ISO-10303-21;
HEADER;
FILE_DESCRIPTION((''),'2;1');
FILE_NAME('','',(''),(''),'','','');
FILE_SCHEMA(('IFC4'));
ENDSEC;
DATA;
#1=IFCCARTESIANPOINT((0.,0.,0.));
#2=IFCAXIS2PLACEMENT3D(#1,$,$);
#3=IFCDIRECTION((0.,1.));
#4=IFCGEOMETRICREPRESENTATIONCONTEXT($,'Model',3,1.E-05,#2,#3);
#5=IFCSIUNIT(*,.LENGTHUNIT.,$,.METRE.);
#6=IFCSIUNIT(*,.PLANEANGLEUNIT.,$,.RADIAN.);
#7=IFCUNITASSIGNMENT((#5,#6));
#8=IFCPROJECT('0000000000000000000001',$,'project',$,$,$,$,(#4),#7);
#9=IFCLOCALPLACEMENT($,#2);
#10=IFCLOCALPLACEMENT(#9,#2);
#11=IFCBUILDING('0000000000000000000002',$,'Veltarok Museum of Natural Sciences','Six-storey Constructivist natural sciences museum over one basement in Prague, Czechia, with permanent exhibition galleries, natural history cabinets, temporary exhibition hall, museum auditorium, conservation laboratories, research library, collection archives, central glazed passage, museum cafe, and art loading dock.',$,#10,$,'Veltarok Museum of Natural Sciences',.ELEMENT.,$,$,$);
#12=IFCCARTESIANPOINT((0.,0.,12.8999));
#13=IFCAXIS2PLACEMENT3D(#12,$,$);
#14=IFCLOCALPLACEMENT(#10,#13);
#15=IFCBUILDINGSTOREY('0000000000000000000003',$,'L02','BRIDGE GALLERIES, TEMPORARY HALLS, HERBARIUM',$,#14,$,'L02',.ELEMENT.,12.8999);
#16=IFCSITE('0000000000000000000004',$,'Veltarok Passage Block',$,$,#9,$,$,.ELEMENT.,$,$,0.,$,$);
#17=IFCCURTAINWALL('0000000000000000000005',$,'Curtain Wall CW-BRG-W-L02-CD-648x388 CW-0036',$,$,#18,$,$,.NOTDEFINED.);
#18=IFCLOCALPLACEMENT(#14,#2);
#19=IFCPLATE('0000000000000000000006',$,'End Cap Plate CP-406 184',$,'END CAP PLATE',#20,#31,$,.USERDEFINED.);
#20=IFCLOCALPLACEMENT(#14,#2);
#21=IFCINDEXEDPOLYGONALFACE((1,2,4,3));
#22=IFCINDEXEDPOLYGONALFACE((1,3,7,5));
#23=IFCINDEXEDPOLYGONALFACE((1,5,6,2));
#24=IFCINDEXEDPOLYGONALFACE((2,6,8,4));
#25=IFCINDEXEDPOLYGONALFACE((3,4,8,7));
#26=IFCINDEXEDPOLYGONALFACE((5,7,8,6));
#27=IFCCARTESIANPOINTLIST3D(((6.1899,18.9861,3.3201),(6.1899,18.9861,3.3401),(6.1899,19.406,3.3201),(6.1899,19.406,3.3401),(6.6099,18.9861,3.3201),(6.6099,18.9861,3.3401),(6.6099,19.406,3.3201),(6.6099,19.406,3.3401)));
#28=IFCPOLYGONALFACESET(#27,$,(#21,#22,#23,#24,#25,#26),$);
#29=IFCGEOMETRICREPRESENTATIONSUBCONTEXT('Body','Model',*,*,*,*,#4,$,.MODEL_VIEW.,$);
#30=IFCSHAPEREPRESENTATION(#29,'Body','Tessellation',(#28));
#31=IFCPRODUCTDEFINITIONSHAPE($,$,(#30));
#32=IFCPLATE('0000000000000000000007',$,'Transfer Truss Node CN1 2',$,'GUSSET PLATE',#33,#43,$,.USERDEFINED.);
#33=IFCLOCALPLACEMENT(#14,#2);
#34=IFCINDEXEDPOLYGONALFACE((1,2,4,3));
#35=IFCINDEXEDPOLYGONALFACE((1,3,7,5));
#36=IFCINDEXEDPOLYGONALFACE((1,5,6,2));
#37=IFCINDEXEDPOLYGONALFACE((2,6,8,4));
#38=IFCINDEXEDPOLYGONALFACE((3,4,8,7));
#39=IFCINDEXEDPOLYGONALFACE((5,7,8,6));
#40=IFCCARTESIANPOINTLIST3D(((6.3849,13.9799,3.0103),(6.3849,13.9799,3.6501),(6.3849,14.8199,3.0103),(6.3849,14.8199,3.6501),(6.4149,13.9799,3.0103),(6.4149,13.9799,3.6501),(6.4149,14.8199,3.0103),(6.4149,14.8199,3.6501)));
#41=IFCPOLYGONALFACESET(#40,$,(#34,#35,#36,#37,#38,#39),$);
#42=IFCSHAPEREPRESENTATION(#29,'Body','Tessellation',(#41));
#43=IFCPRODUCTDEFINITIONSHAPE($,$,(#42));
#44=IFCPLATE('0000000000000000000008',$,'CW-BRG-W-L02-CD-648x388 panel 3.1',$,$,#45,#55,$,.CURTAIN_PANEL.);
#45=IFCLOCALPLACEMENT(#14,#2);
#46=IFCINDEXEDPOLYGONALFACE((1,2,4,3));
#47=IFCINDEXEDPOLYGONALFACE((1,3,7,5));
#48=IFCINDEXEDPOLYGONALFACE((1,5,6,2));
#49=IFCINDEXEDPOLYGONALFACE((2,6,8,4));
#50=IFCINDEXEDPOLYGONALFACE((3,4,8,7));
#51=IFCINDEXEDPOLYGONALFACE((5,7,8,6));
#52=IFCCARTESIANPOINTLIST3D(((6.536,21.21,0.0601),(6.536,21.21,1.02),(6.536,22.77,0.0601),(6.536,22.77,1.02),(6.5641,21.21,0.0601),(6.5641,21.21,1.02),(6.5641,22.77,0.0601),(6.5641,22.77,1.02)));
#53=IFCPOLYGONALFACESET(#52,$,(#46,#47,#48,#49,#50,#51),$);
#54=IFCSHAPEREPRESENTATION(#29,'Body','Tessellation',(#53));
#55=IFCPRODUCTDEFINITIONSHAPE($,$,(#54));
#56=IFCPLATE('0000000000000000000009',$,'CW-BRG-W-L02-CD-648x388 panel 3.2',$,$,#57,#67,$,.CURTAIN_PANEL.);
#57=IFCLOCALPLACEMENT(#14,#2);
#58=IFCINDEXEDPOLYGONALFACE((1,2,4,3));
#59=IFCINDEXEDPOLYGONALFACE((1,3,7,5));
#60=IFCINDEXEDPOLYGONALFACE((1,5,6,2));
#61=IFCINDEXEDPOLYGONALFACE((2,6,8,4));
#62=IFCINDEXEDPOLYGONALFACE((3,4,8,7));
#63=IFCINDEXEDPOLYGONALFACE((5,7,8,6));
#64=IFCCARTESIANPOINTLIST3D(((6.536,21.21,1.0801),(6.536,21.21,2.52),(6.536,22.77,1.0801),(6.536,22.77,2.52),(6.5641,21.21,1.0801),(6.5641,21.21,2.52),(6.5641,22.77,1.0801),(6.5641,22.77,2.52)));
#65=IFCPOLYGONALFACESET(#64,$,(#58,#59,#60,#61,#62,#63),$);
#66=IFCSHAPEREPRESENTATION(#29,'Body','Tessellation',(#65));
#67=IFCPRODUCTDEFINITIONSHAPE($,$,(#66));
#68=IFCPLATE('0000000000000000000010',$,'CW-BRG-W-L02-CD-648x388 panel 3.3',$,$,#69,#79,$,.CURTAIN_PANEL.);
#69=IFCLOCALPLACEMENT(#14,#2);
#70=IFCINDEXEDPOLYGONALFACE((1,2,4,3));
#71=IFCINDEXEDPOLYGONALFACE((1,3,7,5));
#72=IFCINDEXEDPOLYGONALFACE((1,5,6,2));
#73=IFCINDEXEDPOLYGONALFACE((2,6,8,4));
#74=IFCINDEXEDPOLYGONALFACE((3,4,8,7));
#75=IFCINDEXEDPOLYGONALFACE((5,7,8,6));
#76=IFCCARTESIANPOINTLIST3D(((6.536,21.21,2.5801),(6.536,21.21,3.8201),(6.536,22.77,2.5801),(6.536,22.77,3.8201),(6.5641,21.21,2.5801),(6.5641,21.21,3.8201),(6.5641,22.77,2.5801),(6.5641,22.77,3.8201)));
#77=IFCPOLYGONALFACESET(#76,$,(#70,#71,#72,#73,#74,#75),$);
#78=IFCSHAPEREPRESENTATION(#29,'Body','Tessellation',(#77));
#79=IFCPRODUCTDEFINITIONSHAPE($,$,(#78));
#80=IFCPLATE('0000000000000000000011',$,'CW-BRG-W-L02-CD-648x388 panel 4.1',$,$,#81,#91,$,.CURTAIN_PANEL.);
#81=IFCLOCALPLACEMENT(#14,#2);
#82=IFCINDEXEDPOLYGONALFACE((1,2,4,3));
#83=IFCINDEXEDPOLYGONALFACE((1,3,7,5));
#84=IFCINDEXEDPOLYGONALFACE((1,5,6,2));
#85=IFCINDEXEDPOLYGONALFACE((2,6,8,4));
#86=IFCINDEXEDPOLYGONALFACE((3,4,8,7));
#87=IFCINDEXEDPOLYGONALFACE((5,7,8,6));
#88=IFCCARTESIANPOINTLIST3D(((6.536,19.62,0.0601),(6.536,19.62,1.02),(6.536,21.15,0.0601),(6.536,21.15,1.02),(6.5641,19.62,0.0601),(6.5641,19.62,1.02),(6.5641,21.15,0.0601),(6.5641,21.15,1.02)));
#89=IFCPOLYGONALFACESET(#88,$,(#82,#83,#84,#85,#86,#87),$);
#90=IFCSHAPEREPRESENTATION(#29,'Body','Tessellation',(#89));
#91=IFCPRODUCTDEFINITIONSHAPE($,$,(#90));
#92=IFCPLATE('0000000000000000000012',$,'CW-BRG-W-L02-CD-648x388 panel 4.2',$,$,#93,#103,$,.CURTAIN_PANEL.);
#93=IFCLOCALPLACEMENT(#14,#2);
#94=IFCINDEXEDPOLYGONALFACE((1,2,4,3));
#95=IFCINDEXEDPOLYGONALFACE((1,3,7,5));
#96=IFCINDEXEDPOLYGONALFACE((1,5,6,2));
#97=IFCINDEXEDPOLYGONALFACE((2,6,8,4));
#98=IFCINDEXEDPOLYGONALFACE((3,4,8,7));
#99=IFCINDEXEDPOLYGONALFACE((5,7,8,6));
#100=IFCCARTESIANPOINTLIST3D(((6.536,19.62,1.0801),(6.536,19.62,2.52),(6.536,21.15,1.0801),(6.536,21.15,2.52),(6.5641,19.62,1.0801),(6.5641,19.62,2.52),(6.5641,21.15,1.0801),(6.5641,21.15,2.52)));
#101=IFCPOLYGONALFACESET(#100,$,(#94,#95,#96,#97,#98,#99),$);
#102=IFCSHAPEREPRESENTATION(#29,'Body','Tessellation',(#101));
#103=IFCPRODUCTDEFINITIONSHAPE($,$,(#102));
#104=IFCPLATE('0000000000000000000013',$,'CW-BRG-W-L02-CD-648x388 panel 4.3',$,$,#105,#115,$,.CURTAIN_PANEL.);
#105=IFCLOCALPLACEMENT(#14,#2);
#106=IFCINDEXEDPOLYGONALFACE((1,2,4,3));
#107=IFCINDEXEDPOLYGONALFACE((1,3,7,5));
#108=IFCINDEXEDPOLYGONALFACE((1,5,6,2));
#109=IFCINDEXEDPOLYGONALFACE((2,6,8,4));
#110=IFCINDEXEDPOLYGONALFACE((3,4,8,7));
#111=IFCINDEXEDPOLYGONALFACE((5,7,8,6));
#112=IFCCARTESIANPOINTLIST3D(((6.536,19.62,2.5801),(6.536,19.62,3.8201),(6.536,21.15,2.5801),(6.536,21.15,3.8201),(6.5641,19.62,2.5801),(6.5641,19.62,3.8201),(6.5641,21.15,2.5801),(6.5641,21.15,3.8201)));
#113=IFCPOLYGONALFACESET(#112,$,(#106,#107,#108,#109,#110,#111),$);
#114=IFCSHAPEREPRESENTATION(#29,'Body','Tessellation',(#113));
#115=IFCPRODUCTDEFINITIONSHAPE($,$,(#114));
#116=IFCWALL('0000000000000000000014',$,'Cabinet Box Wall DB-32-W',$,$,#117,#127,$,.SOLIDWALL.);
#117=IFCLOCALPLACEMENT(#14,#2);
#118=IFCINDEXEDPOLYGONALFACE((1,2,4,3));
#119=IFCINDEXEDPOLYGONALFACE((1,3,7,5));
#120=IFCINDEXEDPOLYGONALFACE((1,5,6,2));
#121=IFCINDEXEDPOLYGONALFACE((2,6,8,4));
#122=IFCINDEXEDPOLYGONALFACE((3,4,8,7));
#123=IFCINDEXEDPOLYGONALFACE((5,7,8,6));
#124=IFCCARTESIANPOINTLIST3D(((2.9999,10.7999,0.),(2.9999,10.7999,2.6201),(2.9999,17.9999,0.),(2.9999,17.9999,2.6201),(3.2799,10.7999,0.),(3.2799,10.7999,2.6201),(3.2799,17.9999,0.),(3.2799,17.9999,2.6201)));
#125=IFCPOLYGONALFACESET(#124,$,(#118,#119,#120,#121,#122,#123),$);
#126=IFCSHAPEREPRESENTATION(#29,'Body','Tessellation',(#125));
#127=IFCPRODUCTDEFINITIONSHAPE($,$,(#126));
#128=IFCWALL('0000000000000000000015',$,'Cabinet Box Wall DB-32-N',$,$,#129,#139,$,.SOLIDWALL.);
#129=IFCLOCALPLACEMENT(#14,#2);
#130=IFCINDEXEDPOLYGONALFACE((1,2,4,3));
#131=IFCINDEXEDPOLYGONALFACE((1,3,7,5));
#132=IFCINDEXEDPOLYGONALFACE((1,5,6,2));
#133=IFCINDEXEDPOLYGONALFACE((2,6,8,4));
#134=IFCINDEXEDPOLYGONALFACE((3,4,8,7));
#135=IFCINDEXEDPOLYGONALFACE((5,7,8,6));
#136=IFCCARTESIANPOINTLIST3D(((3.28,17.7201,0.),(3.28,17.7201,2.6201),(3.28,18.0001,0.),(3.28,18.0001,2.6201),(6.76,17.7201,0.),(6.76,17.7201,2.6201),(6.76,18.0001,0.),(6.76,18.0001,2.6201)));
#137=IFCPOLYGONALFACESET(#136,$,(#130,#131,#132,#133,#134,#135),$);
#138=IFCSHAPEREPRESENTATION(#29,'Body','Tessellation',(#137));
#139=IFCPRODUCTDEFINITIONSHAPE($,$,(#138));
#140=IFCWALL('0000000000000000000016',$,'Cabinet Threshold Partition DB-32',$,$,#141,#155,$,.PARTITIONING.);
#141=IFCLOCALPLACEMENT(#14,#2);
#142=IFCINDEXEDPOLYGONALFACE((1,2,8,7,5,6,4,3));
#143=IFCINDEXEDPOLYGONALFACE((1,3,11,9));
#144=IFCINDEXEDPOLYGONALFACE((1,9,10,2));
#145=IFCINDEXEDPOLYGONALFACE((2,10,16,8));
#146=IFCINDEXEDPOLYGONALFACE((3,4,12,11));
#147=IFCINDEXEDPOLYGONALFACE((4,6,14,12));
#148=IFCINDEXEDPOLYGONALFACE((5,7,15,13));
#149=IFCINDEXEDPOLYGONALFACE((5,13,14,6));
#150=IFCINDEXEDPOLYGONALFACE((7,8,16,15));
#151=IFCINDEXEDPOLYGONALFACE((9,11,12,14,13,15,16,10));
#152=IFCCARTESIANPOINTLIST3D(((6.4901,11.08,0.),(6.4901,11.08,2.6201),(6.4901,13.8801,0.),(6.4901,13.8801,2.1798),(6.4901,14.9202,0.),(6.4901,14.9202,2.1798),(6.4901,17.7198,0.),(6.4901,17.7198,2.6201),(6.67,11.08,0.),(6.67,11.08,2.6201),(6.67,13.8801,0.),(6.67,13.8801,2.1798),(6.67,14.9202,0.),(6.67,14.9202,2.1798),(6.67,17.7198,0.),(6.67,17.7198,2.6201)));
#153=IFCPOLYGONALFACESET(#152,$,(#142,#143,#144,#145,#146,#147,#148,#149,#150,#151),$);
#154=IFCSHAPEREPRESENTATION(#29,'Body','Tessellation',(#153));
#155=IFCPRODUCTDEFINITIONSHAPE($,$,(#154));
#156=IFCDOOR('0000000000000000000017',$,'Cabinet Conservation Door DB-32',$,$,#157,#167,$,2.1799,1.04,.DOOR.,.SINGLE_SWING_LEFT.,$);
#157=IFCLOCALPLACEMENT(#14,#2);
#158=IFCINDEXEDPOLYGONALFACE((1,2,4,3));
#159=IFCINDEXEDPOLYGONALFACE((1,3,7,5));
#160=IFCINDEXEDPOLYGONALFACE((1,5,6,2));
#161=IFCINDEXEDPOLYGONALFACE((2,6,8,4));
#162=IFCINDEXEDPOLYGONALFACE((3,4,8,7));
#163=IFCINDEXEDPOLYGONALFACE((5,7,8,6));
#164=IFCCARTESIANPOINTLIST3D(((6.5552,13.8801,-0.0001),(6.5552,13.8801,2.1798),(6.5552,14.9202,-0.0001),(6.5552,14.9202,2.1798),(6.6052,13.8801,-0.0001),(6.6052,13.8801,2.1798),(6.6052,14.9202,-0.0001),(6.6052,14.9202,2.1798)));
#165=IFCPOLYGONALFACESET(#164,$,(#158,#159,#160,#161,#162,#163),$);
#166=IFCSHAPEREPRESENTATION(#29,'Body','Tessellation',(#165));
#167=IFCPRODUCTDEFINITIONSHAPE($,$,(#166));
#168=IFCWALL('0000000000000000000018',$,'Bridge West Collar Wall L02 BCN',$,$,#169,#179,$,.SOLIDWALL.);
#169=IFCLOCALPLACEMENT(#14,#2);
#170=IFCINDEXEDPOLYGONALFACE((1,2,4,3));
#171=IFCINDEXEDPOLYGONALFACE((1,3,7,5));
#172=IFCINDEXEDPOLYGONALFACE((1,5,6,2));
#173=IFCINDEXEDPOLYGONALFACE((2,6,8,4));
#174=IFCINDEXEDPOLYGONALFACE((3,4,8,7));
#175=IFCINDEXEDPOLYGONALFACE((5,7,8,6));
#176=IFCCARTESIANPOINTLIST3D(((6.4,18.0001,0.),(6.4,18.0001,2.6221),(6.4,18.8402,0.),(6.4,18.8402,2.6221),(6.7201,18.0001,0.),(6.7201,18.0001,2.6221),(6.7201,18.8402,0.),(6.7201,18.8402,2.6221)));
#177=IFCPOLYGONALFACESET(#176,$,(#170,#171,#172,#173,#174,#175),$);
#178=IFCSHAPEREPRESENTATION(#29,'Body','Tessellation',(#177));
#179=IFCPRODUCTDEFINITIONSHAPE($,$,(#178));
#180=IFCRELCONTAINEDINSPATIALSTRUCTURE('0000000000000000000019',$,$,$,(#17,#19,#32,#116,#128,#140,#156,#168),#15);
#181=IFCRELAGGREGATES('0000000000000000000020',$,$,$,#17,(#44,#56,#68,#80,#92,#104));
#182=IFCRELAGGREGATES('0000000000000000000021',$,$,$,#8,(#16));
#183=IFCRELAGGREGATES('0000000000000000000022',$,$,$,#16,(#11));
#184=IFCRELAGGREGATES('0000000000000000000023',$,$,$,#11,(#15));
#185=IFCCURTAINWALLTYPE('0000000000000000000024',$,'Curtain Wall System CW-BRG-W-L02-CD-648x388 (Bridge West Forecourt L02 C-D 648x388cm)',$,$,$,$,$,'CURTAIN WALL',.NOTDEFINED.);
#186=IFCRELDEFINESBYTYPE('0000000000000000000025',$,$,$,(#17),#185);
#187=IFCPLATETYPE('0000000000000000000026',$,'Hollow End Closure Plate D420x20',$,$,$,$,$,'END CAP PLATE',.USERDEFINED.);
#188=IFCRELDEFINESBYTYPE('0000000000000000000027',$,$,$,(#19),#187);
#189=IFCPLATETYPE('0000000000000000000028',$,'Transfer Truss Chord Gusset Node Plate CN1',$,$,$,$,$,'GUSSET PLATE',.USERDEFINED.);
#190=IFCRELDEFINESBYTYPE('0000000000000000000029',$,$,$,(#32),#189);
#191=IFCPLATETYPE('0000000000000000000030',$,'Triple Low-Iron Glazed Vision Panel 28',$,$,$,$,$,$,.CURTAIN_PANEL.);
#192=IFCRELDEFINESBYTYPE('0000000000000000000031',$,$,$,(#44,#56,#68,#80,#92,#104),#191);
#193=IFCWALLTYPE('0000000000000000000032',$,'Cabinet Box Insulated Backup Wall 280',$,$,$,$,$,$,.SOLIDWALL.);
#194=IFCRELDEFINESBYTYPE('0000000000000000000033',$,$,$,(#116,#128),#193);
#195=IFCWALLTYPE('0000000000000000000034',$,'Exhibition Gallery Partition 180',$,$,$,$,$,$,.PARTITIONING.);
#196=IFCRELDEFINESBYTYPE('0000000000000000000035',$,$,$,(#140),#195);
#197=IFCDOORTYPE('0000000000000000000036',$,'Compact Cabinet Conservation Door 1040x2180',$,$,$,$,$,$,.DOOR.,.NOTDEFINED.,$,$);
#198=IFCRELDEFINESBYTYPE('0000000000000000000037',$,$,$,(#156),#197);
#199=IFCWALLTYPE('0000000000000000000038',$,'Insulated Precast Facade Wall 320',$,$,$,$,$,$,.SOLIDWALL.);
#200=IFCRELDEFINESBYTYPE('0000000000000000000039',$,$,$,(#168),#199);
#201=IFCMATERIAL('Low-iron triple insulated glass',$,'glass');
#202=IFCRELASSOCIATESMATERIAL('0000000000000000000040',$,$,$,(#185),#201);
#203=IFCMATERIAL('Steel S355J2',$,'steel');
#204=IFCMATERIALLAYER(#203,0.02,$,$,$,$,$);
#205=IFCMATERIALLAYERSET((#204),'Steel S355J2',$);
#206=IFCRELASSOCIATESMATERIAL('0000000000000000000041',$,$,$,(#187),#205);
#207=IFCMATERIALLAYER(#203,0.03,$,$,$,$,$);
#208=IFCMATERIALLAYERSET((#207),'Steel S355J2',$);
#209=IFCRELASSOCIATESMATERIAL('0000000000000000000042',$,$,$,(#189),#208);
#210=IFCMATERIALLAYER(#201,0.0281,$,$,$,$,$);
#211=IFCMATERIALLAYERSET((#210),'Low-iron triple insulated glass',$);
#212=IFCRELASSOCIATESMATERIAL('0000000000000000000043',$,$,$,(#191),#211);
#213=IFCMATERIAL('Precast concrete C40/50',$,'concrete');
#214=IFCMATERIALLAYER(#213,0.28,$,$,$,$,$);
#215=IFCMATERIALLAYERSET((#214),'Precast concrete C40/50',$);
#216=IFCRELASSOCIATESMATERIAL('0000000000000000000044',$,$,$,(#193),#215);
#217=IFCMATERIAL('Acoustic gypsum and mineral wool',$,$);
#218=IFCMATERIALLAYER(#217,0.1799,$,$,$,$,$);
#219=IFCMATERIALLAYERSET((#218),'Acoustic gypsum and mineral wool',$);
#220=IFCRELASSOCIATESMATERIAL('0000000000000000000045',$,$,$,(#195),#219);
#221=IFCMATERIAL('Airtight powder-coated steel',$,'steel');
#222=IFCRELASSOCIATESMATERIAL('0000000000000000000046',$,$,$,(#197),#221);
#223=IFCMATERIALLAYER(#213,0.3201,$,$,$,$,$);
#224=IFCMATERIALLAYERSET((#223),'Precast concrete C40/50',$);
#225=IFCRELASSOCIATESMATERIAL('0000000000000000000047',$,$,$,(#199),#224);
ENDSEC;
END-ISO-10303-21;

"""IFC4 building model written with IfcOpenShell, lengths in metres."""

from ifc_helpers import new_model, si_unit, direction, frame, frame_2d, origin, origin_2d, place, context, subcontext, project, spatial, rectangle, extrude, material, layer, layer_set, type_object, element, fill, aggregate, save


model = new_model("IFC4")

# Units and contexts
model_context = context("Model", 3, precision=1e-05, world=origin(), true_north=direction((0.0, 1.0)))
body_context = subcontext(model_context, "Body", "Model", "MODEL_VIEW")
ifc_project = project(units=[si_unit("LENGTHUNIT", "METRE"), si_unit("PLANEANGLEUNIT", "RADIAN")], contexts=[model_context])

# Site, building, storey
site_placement = place(None, origin())
site = spatial("IfcSite", under=ifc_project, at=site_placement, Name="Veltarok Passage Block", CompositionType="ELEMENT", RefElevation=0.0)
building_placement = place(site_placement, origin())
building = spatial("IfcBuilding", under=site, at=building_placement, Name="Veltarok Museum of Natural Sciences", Description="Six-storey Constructivist natural sciences museum over one basement in Prague, Czechia, with permanent exhibition galleries, natural history cabinets, temporary exhibition hall, museum auditorium, conservation laboratories, research library, collection archives, central glazed passage, museum cafe, and art loading dock.", LongName="Veltarok Museum of Natural Sciences", CompositionType="ELEMENT")
storey_placement = place(building_placement, frame((0.0, 0.0, 12.8999)))
storey = spatial("IfcBuildingStorey", under=building, at=storey_placement, Name="L02", Description="BRIDGE GALLERIES, TEMPORARY HALLS, HERBARIUM", LongName="L02", CompositionType="ELEMENT", Elevation=12.8999)

# Shared definitions
ifc_material_1 = material(Name="Steel S355J2", Category="steel")

# Curtain wall
ifc_material_2 = material(Name="Low-iron triple insulated glass", Category="glass")
curtain_wall_type = type_object("IfcCurtainWallType", Name="Curtain Wall System CW-BRG-W-L02-CD-648x388 (Bridge West Forecourt L02 C-D 648x388cm)", ElementType="CURTAIN WALL", PredefinedType="NOTDEFINED", material=ifc_material_2)
curtain_wall_placement = place(storey_placement, origin())
curtain_wall = element("IfcCurtainWall", 1, at=curtain_wall_placement, inside=storey, type_object=curtain_wall_type, Name="Curtain Wall CW-BRG-W-L02-CD-648x388 CW-0036", PredefinedType="NOTDEFINED")

# Plates
ifc_layer_1 = layer(ifc_material_1, 0.02)
ifc_layer_set_1 = layer_set([ifc_layer_1], Name="Steel S355J2")
plate_type_1 = type_object("IfcPlateType", Name="Hollow End Closure Plate D420x20", ElementType="END CAP PLATE", PredefinedType="USERDEFINED", material=ifc_layer_set_1)
for number, where, z_axis, x_axis, name in (
    (2, (6.3999, 19.196, 3.3201), (0.0, 0.0, 1.0), (0.0, 1.0, 0.0), "End Cap Plate CP-406 184"),
):
    element("IfcPlate", number, at=place(storey_placement, frame(where, z_axis=z_axis, x_axis=x_axis)), inside=storey, type_object=plate_type_1, Name=name, ObjectType="END CAP PLATE", PredefinedType="USERDEFINED", context=body_context, shape_type="SweptSolid", body=[
        extrude(rectangle(XDim=0.4199, YDim=0.4199, at=origin_2d()), origin(), (0.0, 0.0, 1.0), 0.02),
    ])
ifc_layer_2 = layer(ifc_material_1, 0.03)
ifc_layer_set_2 = layer_set([ifc_layer_2], Name="Steel S355J2")
plate_type_2 = type_object("IfcPlateType", Name="Transfer Truss Chord Gusset Node Plate CN1", ElementType="GUSSET PLATE", PredefinedType="USERDEFINED", material=ifc_layer_set_2)
plate_1_placement = place(storey_placement, frame((6.3999, 14.3999, 3.0103), z_axis=(0.0, 0.0, 1.0), x_axis=(1.0, 0.0, 0.0)))
element("IfcPlate", 3, at=plate_1_placement, inside=storey, type_object=plate_type_2, Name="Transfer Truss Node CN1 2", ObjectType="GUSSET PLATE", PredefinedType="USERDEFINED", context=body_context, shape_type="SweptSolid", body=[
    extrude(rectangle(XDim=0.03, YDim=0.8401, at=origin_2d()), origin(), (0.0, 0.0, 1.0), 0.6399),
])

# Plates
ifc_layer_3 = layer(ifc_material_2, 0.0281)
ifc_layer_set_3 = layer_set([ifc_layer_3], Name="Low-iron triple insulated glass")
plate_type_3 = type_object("IfcPlateType", Name="Triple Low-Iron Glazed Vision Panel 28", PredefinedType="CURTAIN_PANEL", material=ifc_layer_set_3)
plate_2_placement = place(storey_placement, frame((6.55, 21.99, 0.0601), z_axis=(0.0, 0.0, 1.0), x_axis=(0.0, -1.0, 0.0)))
plate_2 = element("IfcPlate", 4, at=plate_2_placement, type_object=plate_type_3, Name="CW-BRG-W-L02-CD-648x388 panel 3.1", PredefinedType="CURTAIN_PANEL", context=body_context, shape_type="SweptSolid", body=[
    extrude(rectangle(XDim=1.5601, YDim=0.0281, at=origin_2d()), origin(), (0.0, 0.0, 1.0), 0.96),
])
plate_3_placement = place(storey_placement, frame((6.55, 21.99, 1.0801), z_axis=(0.0, 0.0, 1.0), x_axis=(0.0, -1.0, 0.0)))
plate_3 = element("IfcPlate", 5, at=plate_3_placement, type_object=plate_type_3, Name="CW-BRG-W-L02-CD-648x388 panel 3.2", PredefinedType="CURTAIN_PANEL", context=body_context, shape_type="SweptSolid", body=[
    extrude(rectangle(XDim=1.5601, YDim=0.0281, at=origin_2d()), origin(), (0.0, 0.0, 1.0), 1.4399),
])
plate_4_placement = place(storey_placement, frame((6.55, 21.99, 2.5801), z_axis=(0.0, 0.0, 1.0), x_axis=(0.0, -1.0, 0.0)))
plate_4 = element("IfcPlate", 6, at=plate_4_placement, type_object=plate_type_3, Name="CW-BRG-W-L02-CD-648x388 panel 3.3", PredefinedType="CURTAIN_PANEL", context=body_context, shape_type="SweptSolid", body=[
    extrude(rectangle(XDim=1.5601, YDim=0.0281, at=origin_2d()), origin(), (0.0, 0.0, 1.0), 1.24),
])
plate_5_placement = place(storey_placement, frame((6.55, 20.385, 0.0601), z_axis=(0.0, 0.0, 1.0), x_axis=(0.0, -1.0, 0.0)))
plate_5 = element("IfcPlate", 7, at=plate_5_placement, type_object=plate_type_3, Name="CW-BRG-W-L02-CD-648x388 panel 4.1", PredefinedType="CURTAIN_PANEL", context=body_context, shape_type="SweptSolid", body=[
    extrude(rectangle(XDim=1.53, YDim=0.0281, at=origin_2d()), origin(), (0.0, 0.0, 1.0), 0.96),
])
plate_6_placement = place(storey_placement, frame((6.55, 20.385, 1.0801), z_axis=(0.0, 0.0, 1.0), x_axis=(0.0, -1.0, 0.0)))
plate_6 = element("IfcPlate", 8, at=plate_6_placement, type_object=plate_type_3, Name="CW-BRG-W-L02-CD-648x388 panel 4.2", PredefinedType="CURTAIN_PANEL", context=body_context, shape_type="SweptSolid", body=[
    extrude(rectangle(XDim=1.53, YDim=0.0281, at=origin_2d()), origin(), (0.0, 0.0, 1.0), 1.4399),
])
plate_7_placement = place(storey_placement, frame((6.55, 20.385, 2.5801), z_axis=(0.0, 0.0, 1.0), x_axis=(0.0, -1.0, 0.0)))
plate_7 = element("IfcPlate", 9, at=plate_7_placement, type_object=plate_type_3, Name="CW-BRG-W-L02-CD-648x388 panel 4.3", PredefinedType="CURTAIN_PANEL", context=body_context, shape_type="SweptSolid", body=[
    extrude(rectangle(XDim=1.53, YDim=0.0281, at=origin_2d()), origin(), (0.0, 0.0, 1.0), 1.24),
])
aggregate(curtain_wall, [plate_2, plate_3, plate_4, plate_5, plate_6, plate_7])

# Walls
ifc_material_3 = material(Name="Precast concrete C40/50", Category="concrete")
ifc_layer_4 = layer(ifc_material_3, 0.28)
ifc_layer_set_4 = layer_set([ifc_layer_4], Name="Precast concrete C40/50")
wall_type_1 = type_object("IfcWallType", Name="Cabinet Box Insulated Backup Wall 280", PredefinedType="SOLIDWALL", material=ifc_layer_set_4)
wall_1_placement = place(storey_placement, frame((3.1399, 18.0, 0.0), z_axis=(0.0, 0.0, 1.0), x_axis=(0.0, -1.0, 0.0)))
element("IfcWall", 10, at=wall_1_placement, inside=storey, type_object=wall_type_1, Name="Cabinet Box Wall DB-32-W", PredefinedType="SOLIDWALL", context=body_context, shape_type="SweptSolid", body=[
    extrude(rectangle(XDim=7.2, YDim=0.28, at=frame_2d((3.6001, 0.0))), origin(), (0.0, 0.0, 1.0), 2.6201),
])
wall_2_placement = place(storey_placement, frame((6.76, 17.8601, 0.0), z_axis=(0.0, 0.0, 1.0), x_axis=(-1.0, 0.0, 0.0)))
element("IfcWall", 11, at=wall_2_placement, inside=storey, type_object=wall_type_1, Name="Cabinet Box Wall DB-32-N", PredefinedType="SOLIDWALL", context=body_context, shape_type="SweptSolid", body=[
    extrude(rectangle(XDim=3.48, YDim=0.28, at=frame_2d((1.74, 0.0))), origin(), (0.0, 0.0, 1.0), 2.6201),
])

# Wall, opening, door
ifc_material_4 = material(Name="Acoustic gypsum and mineral wool")
ifc_layer_5 = layer(ifc_material_4, 0.1799)
ifc_layer_set_5 = layer_set([ifc_layer_5], Name="Acoustic gypsum and mineral wool")
wall_type_2 = type_object("IfcWallType", Name="Exhibition Gallery Partition 180", PredefinedType="PARTITIONING", material=ifc_layer_set_5)
wall_3_placement = place(storey_placement, frame((6.5801, 11.0801, 0.0), z_axis=(0.0, 0.0, 1.0), x_axis=(0.0, 1.0, 0.0)))
wall_3 = element("IfcWall", 12, at=wall_3_placement, inside=storey, type_object=wall_type_2, Name="Cabinet Threshold Partition DB-32", PredefinedType="PARTITIONING", context=body_context, shape_type="SweptSolid", body=[
    extrude(rectangle(XDim=6.6399, YDim=0.1799, at=frame_2d((3.3198, 0.0))), origin(), (0.0, 0.0, 1.0), 2.6201),
])
opening_placement = place(wall_3_placement, frame((2.8, 0.0, 0.0)))
opening = element("IfcOpeningElement", 13, at=opening_placement, cuts=wall_3, PredefinedType="OPENING", context=body_context, shape_type="SweptSolid", body=[
    extrude(rectangle(XDim=1.04, YDim=2.1799, at=frame_2d((0.52, 1.0898))), frame((0.0, 0.1001, 0.0), z_axis=(0.0, -1.0, 0.0), x_axis=(1.0, 0.0, 0.0)), (0.0, 0.0, 1.0), 0.2),
])
ifc_material_5 = material(Name="Airtight powder-coated steel", Category="steel")
door_type = type_object("IfcDoorType", Name="Compact Cabinet Conservation Door 1040x2180", OperationType="NOTDEFINED", PredefinedType="DOOR", material=ifc_material_5)
door_placement = place(opening_placement, origin())
door = element("IfcDoor", 14, at=door_placement, inside=storey, type_object=door_type, Name="Cabinet Conservation Door DB-32", OperationType="SINGLE_SWING_LEFT", OverallHeight=2.1799, OverallWidth=1.04, PredefinedType="DOOR", context=body_context, shape_type="SweptSolid", body=[
    extrude(rectangle(XDim=1.04, YDim=2.1799, at=frame_2d((0.52, 1.0898))), frame((0.0, 0.0249, 0.0), z_axis=(0.0, -1.0, 0.0), x_axis=(1.0, 0.0, 0.0)), (0.0, 0.0, 1.0), 0.05),
])
fill(opening, door)

# Wall
ifc_layer_6 = layer(ifc_material_3, 0.3201)
ifc_layer_set_6 = layer_set([ifc_layer_6], Name="Precast concrete C40/50")
wall_type_3 = type_object("IfcWallType", Name="Insulated Precast Facade Wall 320", PredefinedType="SOLIDWALL", material=ifc_layer_set_6)
wall_4_placement = place(storey_placement, frame((6.5601, 18.8401, 0.0), z_axis=(0.0, 0.0, 1.0), x_axis=(0.0, -1.0, 0.0)))
element("IfcWall", 15, at=wall_4_placement, inside=storey, type_object=wall_type_3, Name="Bridge West Collar Wall L02 BCN", PredefinedType="SOLIDWALL", context=body_context, shape_type="SweptSolid", body=[
    extrude(rectangle(XDim=0.8401, YDim=0.3201, at=frame_2d((0.4199, 0.0))), origin(), (0.0, 0.0, 1.0), 2.6221),
])

save(model, "model.ifc")
